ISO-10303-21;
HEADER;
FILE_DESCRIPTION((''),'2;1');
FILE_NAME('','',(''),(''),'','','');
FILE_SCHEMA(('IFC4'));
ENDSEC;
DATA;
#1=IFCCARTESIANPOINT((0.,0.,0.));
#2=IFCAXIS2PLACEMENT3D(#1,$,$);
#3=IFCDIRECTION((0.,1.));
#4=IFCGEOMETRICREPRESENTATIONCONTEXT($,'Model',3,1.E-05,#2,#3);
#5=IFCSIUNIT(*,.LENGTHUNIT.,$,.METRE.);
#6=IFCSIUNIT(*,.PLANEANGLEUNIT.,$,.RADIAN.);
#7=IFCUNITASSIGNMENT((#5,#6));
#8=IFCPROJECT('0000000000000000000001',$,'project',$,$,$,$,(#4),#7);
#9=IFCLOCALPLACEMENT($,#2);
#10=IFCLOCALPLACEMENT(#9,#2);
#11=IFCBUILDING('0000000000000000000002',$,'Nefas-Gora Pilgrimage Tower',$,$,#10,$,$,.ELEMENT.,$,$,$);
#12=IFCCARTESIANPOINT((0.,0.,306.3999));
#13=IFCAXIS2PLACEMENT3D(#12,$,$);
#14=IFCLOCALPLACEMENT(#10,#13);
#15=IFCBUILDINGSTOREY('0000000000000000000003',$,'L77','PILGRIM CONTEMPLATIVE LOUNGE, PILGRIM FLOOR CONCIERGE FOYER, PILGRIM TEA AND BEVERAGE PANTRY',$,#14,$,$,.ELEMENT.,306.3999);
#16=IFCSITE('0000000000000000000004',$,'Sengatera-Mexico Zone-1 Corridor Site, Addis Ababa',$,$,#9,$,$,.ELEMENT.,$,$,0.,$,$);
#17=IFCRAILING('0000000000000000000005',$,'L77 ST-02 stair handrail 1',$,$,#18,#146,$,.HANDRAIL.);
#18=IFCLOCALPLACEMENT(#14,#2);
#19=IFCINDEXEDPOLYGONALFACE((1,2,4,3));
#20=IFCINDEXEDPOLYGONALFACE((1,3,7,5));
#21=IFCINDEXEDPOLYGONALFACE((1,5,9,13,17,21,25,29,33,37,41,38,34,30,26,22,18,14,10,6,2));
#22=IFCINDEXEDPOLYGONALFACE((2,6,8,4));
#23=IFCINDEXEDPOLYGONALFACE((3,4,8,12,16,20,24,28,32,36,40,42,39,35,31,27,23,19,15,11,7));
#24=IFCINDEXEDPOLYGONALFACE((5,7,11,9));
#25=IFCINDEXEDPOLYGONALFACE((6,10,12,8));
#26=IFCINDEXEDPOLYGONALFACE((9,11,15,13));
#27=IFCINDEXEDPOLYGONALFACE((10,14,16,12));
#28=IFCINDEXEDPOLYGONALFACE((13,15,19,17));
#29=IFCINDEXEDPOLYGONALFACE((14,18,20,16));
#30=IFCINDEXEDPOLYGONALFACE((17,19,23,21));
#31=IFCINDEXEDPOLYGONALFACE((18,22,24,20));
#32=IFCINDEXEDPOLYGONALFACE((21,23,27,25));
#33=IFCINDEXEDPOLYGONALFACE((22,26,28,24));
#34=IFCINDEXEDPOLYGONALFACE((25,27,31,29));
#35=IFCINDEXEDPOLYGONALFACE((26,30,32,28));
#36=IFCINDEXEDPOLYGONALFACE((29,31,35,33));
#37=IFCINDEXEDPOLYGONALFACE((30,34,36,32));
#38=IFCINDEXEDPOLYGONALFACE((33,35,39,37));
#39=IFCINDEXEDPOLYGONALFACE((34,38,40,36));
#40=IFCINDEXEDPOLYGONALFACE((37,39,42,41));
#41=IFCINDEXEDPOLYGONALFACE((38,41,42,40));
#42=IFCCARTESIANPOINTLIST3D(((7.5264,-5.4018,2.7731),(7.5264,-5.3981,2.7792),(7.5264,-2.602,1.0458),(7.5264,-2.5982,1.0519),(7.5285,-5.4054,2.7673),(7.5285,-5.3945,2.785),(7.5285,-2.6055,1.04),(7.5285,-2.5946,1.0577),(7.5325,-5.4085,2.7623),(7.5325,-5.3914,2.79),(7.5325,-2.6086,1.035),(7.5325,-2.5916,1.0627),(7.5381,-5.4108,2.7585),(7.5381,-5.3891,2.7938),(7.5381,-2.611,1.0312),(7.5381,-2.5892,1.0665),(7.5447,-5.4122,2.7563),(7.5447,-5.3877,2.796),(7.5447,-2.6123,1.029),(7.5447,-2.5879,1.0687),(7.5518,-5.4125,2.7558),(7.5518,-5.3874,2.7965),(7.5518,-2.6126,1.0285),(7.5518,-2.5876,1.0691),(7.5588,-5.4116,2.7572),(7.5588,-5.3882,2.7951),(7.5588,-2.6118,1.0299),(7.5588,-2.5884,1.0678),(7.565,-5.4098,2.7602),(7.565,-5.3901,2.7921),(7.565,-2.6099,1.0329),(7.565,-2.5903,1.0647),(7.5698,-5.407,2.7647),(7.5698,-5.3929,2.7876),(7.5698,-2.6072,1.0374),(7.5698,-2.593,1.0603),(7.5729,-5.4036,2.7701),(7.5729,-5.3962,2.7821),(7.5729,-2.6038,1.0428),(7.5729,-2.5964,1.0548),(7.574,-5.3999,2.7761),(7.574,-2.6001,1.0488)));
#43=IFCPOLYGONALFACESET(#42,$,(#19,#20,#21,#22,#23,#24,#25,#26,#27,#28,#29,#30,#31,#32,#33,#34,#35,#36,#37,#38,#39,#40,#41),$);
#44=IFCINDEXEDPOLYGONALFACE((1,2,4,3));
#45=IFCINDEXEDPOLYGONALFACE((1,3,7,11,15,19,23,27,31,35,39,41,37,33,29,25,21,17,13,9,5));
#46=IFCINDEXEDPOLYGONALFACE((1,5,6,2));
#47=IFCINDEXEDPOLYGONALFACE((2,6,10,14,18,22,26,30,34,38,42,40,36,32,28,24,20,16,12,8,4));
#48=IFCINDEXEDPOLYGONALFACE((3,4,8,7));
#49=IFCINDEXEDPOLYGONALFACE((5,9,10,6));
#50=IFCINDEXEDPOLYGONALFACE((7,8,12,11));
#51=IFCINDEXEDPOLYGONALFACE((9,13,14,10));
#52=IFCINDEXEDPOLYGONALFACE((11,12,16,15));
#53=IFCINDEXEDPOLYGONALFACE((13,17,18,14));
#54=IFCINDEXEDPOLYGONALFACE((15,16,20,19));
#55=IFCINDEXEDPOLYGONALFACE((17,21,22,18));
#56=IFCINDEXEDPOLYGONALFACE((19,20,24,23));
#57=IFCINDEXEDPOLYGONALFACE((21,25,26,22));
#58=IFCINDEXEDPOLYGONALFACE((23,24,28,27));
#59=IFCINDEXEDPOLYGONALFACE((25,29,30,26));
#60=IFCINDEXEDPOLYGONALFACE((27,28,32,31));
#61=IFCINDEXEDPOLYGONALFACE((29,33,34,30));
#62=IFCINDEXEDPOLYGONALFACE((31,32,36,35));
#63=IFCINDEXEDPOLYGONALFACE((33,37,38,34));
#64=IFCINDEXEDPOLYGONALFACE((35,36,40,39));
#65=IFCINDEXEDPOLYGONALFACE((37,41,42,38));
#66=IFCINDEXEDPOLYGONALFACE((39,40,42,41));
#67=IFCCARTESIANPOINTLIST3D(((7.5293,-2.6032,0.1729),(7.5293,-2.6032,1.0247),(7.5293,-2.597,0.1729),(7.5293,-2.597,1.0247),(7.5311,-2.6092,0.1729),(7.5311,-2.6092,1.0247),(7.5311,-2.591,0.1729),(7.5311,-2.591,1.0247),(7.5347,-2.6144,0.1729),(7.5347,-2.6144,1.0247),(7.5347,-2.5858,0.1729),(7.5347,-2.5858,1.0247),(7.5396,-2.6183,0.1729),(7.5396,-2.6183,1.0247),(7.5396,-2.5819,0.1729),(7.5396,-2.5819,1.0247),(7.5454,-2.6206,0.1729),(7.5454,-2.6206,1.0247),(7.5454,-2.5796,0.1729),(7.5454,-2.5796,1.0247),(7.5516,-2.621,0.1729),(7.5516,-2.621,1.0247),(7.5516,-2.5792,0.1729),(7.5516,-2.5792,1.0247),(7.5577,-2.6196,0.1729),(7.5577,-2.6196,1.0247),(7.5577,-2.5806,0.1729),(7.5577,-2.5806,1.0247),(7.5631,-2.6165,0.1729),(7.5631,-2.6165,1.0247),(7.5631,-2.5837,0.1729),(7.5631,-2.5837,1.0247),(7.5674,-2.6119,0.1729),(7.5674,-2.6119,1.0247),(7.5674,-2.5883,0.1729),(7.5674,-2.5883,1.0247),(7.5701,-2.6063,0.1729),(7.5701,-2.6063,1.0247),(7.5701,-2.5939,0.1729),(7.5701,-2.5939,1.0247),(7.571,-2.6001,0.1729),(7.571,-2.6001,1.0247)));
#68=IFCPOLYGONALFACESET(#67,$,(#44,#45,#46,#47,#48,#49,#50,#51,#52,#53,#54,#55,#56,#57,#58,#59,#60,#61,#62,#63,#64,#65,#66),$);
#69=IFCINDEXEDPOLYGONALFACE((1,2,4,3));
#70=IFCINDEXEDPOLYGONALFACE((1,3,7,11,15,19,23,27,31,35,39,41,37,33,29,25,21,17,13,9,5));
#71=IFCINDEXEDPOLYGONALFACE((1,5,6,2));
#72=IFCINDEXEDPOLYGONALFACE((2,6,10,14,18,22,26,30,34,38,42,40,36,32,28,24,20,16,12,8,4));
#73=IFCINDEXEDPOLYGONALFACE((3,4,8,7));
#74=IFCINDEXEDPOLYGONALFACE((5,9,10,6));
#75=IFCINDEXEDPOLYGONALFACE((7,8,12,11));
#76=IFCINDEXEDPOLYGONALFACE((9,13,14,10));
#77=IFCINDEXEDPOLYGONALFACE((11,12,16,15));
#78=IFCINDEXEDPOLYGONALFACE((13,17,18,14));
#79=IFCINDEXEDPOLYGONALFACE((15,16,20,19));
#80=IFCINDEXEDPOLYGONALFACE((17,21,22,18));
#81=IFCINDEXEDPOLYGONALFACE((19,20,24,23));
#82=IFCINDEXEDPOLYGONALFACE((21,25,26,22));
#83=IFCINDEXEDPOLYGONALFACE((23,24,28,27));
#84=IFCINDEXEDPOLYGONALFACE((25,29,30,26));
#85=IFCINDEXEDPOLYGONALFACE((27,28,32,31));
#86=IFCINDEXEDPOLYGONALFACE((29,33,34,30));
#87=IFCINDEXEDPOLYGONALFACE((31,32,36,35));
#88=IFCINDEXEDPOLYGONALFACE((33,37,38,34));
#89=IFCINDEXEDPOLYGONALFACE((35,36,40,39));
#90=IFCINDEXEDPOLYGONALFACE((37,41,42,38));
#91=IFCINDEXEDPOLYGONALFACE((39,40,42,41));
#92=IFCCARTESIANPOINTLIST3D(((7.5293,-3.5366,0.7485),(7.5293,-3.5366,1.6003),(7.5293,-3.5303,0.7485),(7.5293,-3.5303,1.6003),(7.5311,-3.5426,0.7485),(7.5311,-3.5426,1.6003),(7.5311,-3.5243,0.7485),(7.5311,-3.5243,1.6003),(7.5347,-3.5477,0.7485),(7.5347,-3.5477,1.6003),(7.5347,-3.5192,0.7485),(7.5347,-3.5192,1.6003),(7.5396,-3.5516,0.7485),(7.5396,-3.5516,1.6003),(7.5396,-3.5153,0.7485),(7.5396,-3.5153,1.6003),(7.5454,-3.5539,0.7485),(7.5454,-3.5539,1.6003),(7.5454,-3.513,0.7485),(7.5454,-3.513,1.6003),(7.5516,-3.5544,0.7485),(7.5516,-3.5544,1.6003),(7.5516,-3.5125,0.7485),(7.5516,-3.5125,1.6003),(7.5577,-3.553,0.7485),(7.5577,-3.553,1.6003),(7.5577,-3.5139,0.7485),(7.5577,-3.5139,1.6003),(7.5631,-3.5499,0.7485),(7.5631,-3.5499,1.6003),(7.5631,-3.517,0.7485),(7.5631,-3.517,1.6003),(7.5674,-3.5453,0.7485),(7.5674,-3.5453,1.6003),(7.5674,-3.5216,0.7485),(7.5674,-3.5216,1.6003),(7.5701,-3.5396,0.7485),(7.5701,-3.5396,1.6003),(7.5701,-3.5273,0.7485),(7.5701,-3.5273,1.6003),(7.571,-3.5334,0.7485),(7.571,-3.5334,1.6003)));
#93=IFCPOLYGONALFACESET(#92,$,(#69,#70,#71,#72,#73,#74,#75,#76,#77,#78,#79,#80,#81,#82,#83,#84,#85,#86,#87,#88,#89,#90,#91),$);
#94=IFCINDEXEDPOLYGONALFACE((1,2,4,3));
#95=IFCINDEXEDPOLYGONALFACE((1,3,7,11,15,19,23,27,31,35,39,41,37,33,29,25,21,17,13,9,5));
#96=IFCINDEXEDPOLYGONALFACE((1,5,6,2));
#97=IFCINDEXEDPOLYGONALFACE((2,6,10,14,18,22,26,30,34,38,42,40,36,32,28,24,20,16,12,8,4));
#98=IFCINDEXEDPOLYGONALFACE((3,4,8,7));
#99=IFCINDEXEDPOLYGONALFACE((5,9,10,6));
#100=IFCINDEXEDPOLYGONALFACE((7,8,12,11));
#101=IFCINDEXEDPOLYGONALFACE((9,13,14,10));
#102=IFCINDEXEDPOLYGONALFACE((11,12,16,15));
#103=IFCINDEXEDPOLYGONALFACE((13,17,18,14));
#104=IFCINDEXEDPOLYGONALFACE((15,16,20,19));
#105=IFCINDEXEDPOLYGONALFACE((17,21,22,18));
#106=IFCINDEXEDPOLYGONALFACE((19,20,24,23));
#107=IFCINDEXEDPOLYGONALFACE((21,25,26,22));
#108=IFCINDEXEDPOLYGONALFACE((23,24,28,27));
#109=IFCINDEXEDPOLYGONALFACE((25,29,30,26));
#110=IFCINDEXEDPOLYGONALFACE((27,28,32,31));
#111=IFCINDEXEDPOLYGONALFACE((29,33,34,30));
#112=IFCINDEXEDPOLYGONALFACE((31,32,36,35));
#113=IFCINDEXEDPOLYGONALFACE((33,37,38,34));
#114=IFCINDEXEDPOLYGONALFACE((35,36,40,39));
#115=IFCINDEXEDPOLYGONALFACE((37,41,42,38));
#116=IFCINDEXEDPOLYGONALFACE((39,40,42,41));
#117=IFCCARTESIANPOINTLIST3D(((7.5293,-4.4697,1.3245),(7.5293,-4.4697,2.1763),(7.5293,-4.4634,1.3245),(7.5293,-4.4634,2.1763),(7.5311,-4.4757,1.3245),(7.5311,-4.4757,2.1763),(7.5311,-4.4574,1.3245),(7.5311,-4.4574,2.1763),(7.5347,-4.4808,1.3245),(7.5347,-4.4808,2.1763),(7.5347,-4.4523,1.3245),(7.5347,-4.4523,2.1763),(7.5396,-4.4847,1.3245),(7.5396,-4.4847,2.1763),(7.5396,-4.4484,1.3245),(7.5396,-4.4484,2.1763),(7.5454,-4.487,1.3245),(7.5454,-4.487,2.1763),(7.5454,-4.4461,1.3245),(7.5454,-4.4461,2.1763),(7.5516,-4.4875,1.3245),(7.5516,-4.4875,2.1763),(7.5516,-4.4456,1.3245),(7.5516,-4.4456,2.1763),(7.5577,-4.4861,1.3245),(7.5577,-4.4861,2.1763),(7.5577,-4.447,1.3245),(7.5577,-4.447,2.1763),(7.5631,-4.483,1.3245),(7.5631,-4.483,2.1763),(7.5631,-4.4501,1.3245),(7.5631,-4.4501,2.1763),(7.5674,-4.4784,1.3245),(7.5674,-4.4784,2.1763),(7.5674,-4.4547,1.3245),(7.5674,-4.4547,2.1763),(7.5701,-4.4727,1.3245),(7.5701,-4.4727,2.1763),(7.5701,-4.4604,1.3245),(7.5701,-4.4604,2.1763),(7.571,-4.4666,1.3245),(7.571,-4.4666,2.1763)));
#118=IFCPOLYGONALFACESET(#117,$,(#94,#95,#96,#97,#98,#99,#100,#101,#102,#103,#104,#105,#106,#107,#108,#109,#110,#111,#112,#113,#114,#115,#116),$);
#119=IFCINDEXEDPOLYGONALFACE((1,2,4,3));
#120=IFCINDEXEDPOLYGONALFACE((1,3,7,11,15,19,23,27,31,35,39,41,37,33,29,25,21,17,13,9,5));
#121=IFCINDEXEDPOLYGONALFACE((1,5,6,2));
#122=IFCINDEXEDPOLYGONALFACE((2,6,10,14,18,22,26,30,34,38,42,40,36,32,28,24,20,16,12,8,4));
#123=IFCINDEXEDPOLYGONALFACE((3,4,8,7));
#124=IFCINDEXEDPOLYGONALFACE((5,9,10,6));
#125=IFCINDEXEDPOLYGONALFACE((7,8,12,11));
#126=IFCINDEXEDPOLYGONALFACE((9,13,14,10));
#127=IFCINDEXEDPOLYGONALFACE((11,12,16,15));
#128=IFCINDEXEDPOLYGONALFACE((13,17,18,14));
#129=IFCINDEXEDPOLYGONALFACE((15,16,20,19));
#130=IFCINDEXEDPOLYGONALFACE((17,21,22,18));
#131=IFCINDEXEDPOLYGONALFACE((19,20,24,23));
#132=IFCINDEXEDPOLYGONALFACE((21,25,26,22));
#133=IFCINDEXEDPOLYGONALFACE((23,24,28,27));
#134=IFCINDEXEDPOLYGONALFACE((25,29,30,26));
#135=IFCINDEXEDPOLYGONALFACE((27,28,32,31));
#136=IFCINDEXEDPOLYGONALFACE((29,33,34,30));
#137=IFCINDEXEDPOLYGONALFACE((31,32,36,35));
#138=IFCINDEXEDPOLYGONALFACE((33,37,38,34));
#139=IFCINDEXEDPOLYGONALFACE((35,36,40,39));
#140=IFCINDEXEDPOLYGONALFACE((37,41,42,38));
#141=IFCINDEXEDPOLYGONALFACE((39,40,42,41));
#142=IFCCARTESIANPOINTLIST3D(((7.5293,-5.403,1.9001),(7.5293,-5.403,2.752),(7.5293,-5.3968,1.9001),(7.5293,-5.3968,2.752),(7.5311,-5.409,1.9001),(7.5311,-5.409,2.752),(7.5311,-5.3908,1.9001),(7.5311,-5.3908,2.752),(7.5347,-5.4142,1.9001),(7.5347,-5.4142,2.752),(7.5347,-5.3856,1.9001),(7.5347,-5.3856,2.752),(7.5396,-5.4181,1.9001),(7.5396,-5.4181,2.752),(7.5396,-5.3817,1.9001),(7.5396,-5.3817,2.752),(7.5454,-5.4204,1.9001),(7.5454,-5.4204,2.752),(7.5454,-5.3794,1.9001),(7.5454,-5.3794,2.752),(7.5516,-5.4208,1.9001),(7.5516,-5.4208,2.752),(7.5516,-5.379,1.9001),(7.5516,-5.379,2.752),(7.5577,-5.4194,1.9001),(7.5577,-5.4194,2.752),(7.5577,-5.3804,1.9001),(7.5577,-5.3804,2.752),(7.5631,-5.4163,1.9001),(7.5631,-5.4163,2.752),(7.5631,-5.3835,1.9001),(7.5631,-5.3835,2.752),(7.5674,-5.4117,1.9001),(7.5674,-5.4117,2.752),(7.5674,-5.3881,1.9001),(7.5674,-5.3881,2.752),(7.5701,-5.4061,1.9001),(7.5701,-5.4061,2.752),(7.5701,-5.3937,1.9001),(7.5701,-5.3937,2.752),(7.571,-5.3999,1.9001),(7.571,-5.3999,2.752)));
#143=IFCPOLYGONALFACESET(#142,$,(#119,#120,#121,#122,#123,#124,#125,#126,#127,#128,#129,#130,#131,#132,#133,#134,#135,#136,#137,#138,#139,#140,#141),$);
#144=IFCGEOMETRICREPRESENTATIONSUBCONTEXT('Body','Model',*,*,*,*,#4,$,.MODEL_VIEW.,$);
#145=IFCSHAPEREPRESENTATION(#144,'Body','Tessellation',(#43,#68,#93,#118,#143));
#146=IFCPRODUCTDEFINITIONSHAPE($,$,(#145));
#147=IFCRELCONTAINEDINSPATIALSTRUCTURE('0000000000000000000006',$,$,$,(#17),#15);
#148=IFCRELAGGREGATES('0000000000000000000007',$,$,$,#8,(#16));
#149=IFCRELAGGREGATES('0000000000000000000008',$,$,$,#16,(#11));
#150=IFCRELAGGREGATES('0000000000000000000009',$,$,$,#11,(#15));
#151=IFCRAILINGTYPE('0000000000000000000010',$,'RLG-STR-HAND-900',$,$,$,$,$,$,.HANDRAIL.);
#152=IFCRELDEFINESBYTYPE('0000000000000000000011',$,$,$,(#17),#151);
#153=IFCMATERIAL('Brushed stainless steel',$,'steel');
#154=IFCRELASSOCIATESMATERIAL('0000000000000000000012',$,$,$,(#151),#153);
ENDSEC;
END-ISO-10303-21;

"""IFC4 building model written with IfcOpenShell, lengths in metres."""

from ifc_helpers import new_model, si_unit, direction, frame, origin, origin_2d, place, context, subcontext, project, spatial, circle, extrude, material, type_object, element, save


model = new_model("IFC4")

# Units and contexts
model_context = context("Model", 3, precision=1e-05, world=origin(), true_north=direction((0.0, 1.0)))
body_context = subcontext(model_context, "Body", "Model", "MODEL_VIEW")
ifc_project = project(units=[si_unit("LENGTHUNIT", "METRE"), si_unit("PLANEANGLEUNIT", "RADIAN")], contexts=[model_context])

# Site, building, storey
site_placement = place(None, origin())
site = spatial("IfcSite", under=ifc_project, at=site_placement, Name="Sengatera-Mexico Zone-1 Corridor Site, Addis Ababa", CompositionType="ELEMENT", RefElevation=0.0)
building_placement = place(site_placement, origin())
building = spatial("IfcBuilding", under=site, at=building_placement, Name="Nefas-Gora Pilgrimage Tower", CompositionType="ELEMENT")
storey_placement = place(building_placement, frame((0.0, 0.0, 306.3999)))
storey = spatial("IfcBuildingStorey", under=building, at=storey_placement, Name="L77", Description="PILGRIM CONTEMPLATIVE LOUNGE, PILGRIM FLOOR CONCIERGE FOYER, PILGRIM TEA AND BEVERAGE PANTRY", CompositionType="ELEMENT", Elevation=306.3999)

# Railing
ifc_material_1 = material(Name="Brushed stainless steel", Category="steel")
railing_type_1 = type_object("IfcRailingType", Name="RLG-STR-HAND-900", PredefinedType="HANDRAIL", material=ifc_material_1)
railing_1_placement = place(storey_placement, frame((7.55, -2.6001, 0.1729)))
element("IfcRailing", 1, at=railing_1_placement, inside=storey, type_object=railing_type_1, Name="L77 ST-02 stair handrail 1", PredefinedType="HANDRAIL", context=body_context, shape_type="SweptSolid", body=[
    extrude(circle(Radius=0.0239, at=origin_2d()), frame((0.0, 0.0, 0.876), z_axis=(0.0, -0.851069, 0.525054), x_axis=(1.0, 0.0, 0.0)), (0.0, 0.0, 1.0), 3.2898),
    extrude(circle(Radius=0.021, at=origin_2d()), origin(), (0.0, 0.0, 1.0), 0.8518),
    extrude(circle(Radius=0.021, at=origin_2d()), frame((0.0, -0.9333, 0.5757)), (0.0, 0.0, 1.0), 0.8518),
    extrude(circle(Radius=0.021, at=origin_2d()), frame((0.0, -1.8665, 1.1516)), (0.0, 0.0, 1.0), 0.8518),
    extrude(circle(Radius=0.021, at=origin_2d()), frame((0.0, -2.7998, 1.7273)), (0.0, 0.0, 1.0), 0.8518),
])

save(model, "model.ifc")
